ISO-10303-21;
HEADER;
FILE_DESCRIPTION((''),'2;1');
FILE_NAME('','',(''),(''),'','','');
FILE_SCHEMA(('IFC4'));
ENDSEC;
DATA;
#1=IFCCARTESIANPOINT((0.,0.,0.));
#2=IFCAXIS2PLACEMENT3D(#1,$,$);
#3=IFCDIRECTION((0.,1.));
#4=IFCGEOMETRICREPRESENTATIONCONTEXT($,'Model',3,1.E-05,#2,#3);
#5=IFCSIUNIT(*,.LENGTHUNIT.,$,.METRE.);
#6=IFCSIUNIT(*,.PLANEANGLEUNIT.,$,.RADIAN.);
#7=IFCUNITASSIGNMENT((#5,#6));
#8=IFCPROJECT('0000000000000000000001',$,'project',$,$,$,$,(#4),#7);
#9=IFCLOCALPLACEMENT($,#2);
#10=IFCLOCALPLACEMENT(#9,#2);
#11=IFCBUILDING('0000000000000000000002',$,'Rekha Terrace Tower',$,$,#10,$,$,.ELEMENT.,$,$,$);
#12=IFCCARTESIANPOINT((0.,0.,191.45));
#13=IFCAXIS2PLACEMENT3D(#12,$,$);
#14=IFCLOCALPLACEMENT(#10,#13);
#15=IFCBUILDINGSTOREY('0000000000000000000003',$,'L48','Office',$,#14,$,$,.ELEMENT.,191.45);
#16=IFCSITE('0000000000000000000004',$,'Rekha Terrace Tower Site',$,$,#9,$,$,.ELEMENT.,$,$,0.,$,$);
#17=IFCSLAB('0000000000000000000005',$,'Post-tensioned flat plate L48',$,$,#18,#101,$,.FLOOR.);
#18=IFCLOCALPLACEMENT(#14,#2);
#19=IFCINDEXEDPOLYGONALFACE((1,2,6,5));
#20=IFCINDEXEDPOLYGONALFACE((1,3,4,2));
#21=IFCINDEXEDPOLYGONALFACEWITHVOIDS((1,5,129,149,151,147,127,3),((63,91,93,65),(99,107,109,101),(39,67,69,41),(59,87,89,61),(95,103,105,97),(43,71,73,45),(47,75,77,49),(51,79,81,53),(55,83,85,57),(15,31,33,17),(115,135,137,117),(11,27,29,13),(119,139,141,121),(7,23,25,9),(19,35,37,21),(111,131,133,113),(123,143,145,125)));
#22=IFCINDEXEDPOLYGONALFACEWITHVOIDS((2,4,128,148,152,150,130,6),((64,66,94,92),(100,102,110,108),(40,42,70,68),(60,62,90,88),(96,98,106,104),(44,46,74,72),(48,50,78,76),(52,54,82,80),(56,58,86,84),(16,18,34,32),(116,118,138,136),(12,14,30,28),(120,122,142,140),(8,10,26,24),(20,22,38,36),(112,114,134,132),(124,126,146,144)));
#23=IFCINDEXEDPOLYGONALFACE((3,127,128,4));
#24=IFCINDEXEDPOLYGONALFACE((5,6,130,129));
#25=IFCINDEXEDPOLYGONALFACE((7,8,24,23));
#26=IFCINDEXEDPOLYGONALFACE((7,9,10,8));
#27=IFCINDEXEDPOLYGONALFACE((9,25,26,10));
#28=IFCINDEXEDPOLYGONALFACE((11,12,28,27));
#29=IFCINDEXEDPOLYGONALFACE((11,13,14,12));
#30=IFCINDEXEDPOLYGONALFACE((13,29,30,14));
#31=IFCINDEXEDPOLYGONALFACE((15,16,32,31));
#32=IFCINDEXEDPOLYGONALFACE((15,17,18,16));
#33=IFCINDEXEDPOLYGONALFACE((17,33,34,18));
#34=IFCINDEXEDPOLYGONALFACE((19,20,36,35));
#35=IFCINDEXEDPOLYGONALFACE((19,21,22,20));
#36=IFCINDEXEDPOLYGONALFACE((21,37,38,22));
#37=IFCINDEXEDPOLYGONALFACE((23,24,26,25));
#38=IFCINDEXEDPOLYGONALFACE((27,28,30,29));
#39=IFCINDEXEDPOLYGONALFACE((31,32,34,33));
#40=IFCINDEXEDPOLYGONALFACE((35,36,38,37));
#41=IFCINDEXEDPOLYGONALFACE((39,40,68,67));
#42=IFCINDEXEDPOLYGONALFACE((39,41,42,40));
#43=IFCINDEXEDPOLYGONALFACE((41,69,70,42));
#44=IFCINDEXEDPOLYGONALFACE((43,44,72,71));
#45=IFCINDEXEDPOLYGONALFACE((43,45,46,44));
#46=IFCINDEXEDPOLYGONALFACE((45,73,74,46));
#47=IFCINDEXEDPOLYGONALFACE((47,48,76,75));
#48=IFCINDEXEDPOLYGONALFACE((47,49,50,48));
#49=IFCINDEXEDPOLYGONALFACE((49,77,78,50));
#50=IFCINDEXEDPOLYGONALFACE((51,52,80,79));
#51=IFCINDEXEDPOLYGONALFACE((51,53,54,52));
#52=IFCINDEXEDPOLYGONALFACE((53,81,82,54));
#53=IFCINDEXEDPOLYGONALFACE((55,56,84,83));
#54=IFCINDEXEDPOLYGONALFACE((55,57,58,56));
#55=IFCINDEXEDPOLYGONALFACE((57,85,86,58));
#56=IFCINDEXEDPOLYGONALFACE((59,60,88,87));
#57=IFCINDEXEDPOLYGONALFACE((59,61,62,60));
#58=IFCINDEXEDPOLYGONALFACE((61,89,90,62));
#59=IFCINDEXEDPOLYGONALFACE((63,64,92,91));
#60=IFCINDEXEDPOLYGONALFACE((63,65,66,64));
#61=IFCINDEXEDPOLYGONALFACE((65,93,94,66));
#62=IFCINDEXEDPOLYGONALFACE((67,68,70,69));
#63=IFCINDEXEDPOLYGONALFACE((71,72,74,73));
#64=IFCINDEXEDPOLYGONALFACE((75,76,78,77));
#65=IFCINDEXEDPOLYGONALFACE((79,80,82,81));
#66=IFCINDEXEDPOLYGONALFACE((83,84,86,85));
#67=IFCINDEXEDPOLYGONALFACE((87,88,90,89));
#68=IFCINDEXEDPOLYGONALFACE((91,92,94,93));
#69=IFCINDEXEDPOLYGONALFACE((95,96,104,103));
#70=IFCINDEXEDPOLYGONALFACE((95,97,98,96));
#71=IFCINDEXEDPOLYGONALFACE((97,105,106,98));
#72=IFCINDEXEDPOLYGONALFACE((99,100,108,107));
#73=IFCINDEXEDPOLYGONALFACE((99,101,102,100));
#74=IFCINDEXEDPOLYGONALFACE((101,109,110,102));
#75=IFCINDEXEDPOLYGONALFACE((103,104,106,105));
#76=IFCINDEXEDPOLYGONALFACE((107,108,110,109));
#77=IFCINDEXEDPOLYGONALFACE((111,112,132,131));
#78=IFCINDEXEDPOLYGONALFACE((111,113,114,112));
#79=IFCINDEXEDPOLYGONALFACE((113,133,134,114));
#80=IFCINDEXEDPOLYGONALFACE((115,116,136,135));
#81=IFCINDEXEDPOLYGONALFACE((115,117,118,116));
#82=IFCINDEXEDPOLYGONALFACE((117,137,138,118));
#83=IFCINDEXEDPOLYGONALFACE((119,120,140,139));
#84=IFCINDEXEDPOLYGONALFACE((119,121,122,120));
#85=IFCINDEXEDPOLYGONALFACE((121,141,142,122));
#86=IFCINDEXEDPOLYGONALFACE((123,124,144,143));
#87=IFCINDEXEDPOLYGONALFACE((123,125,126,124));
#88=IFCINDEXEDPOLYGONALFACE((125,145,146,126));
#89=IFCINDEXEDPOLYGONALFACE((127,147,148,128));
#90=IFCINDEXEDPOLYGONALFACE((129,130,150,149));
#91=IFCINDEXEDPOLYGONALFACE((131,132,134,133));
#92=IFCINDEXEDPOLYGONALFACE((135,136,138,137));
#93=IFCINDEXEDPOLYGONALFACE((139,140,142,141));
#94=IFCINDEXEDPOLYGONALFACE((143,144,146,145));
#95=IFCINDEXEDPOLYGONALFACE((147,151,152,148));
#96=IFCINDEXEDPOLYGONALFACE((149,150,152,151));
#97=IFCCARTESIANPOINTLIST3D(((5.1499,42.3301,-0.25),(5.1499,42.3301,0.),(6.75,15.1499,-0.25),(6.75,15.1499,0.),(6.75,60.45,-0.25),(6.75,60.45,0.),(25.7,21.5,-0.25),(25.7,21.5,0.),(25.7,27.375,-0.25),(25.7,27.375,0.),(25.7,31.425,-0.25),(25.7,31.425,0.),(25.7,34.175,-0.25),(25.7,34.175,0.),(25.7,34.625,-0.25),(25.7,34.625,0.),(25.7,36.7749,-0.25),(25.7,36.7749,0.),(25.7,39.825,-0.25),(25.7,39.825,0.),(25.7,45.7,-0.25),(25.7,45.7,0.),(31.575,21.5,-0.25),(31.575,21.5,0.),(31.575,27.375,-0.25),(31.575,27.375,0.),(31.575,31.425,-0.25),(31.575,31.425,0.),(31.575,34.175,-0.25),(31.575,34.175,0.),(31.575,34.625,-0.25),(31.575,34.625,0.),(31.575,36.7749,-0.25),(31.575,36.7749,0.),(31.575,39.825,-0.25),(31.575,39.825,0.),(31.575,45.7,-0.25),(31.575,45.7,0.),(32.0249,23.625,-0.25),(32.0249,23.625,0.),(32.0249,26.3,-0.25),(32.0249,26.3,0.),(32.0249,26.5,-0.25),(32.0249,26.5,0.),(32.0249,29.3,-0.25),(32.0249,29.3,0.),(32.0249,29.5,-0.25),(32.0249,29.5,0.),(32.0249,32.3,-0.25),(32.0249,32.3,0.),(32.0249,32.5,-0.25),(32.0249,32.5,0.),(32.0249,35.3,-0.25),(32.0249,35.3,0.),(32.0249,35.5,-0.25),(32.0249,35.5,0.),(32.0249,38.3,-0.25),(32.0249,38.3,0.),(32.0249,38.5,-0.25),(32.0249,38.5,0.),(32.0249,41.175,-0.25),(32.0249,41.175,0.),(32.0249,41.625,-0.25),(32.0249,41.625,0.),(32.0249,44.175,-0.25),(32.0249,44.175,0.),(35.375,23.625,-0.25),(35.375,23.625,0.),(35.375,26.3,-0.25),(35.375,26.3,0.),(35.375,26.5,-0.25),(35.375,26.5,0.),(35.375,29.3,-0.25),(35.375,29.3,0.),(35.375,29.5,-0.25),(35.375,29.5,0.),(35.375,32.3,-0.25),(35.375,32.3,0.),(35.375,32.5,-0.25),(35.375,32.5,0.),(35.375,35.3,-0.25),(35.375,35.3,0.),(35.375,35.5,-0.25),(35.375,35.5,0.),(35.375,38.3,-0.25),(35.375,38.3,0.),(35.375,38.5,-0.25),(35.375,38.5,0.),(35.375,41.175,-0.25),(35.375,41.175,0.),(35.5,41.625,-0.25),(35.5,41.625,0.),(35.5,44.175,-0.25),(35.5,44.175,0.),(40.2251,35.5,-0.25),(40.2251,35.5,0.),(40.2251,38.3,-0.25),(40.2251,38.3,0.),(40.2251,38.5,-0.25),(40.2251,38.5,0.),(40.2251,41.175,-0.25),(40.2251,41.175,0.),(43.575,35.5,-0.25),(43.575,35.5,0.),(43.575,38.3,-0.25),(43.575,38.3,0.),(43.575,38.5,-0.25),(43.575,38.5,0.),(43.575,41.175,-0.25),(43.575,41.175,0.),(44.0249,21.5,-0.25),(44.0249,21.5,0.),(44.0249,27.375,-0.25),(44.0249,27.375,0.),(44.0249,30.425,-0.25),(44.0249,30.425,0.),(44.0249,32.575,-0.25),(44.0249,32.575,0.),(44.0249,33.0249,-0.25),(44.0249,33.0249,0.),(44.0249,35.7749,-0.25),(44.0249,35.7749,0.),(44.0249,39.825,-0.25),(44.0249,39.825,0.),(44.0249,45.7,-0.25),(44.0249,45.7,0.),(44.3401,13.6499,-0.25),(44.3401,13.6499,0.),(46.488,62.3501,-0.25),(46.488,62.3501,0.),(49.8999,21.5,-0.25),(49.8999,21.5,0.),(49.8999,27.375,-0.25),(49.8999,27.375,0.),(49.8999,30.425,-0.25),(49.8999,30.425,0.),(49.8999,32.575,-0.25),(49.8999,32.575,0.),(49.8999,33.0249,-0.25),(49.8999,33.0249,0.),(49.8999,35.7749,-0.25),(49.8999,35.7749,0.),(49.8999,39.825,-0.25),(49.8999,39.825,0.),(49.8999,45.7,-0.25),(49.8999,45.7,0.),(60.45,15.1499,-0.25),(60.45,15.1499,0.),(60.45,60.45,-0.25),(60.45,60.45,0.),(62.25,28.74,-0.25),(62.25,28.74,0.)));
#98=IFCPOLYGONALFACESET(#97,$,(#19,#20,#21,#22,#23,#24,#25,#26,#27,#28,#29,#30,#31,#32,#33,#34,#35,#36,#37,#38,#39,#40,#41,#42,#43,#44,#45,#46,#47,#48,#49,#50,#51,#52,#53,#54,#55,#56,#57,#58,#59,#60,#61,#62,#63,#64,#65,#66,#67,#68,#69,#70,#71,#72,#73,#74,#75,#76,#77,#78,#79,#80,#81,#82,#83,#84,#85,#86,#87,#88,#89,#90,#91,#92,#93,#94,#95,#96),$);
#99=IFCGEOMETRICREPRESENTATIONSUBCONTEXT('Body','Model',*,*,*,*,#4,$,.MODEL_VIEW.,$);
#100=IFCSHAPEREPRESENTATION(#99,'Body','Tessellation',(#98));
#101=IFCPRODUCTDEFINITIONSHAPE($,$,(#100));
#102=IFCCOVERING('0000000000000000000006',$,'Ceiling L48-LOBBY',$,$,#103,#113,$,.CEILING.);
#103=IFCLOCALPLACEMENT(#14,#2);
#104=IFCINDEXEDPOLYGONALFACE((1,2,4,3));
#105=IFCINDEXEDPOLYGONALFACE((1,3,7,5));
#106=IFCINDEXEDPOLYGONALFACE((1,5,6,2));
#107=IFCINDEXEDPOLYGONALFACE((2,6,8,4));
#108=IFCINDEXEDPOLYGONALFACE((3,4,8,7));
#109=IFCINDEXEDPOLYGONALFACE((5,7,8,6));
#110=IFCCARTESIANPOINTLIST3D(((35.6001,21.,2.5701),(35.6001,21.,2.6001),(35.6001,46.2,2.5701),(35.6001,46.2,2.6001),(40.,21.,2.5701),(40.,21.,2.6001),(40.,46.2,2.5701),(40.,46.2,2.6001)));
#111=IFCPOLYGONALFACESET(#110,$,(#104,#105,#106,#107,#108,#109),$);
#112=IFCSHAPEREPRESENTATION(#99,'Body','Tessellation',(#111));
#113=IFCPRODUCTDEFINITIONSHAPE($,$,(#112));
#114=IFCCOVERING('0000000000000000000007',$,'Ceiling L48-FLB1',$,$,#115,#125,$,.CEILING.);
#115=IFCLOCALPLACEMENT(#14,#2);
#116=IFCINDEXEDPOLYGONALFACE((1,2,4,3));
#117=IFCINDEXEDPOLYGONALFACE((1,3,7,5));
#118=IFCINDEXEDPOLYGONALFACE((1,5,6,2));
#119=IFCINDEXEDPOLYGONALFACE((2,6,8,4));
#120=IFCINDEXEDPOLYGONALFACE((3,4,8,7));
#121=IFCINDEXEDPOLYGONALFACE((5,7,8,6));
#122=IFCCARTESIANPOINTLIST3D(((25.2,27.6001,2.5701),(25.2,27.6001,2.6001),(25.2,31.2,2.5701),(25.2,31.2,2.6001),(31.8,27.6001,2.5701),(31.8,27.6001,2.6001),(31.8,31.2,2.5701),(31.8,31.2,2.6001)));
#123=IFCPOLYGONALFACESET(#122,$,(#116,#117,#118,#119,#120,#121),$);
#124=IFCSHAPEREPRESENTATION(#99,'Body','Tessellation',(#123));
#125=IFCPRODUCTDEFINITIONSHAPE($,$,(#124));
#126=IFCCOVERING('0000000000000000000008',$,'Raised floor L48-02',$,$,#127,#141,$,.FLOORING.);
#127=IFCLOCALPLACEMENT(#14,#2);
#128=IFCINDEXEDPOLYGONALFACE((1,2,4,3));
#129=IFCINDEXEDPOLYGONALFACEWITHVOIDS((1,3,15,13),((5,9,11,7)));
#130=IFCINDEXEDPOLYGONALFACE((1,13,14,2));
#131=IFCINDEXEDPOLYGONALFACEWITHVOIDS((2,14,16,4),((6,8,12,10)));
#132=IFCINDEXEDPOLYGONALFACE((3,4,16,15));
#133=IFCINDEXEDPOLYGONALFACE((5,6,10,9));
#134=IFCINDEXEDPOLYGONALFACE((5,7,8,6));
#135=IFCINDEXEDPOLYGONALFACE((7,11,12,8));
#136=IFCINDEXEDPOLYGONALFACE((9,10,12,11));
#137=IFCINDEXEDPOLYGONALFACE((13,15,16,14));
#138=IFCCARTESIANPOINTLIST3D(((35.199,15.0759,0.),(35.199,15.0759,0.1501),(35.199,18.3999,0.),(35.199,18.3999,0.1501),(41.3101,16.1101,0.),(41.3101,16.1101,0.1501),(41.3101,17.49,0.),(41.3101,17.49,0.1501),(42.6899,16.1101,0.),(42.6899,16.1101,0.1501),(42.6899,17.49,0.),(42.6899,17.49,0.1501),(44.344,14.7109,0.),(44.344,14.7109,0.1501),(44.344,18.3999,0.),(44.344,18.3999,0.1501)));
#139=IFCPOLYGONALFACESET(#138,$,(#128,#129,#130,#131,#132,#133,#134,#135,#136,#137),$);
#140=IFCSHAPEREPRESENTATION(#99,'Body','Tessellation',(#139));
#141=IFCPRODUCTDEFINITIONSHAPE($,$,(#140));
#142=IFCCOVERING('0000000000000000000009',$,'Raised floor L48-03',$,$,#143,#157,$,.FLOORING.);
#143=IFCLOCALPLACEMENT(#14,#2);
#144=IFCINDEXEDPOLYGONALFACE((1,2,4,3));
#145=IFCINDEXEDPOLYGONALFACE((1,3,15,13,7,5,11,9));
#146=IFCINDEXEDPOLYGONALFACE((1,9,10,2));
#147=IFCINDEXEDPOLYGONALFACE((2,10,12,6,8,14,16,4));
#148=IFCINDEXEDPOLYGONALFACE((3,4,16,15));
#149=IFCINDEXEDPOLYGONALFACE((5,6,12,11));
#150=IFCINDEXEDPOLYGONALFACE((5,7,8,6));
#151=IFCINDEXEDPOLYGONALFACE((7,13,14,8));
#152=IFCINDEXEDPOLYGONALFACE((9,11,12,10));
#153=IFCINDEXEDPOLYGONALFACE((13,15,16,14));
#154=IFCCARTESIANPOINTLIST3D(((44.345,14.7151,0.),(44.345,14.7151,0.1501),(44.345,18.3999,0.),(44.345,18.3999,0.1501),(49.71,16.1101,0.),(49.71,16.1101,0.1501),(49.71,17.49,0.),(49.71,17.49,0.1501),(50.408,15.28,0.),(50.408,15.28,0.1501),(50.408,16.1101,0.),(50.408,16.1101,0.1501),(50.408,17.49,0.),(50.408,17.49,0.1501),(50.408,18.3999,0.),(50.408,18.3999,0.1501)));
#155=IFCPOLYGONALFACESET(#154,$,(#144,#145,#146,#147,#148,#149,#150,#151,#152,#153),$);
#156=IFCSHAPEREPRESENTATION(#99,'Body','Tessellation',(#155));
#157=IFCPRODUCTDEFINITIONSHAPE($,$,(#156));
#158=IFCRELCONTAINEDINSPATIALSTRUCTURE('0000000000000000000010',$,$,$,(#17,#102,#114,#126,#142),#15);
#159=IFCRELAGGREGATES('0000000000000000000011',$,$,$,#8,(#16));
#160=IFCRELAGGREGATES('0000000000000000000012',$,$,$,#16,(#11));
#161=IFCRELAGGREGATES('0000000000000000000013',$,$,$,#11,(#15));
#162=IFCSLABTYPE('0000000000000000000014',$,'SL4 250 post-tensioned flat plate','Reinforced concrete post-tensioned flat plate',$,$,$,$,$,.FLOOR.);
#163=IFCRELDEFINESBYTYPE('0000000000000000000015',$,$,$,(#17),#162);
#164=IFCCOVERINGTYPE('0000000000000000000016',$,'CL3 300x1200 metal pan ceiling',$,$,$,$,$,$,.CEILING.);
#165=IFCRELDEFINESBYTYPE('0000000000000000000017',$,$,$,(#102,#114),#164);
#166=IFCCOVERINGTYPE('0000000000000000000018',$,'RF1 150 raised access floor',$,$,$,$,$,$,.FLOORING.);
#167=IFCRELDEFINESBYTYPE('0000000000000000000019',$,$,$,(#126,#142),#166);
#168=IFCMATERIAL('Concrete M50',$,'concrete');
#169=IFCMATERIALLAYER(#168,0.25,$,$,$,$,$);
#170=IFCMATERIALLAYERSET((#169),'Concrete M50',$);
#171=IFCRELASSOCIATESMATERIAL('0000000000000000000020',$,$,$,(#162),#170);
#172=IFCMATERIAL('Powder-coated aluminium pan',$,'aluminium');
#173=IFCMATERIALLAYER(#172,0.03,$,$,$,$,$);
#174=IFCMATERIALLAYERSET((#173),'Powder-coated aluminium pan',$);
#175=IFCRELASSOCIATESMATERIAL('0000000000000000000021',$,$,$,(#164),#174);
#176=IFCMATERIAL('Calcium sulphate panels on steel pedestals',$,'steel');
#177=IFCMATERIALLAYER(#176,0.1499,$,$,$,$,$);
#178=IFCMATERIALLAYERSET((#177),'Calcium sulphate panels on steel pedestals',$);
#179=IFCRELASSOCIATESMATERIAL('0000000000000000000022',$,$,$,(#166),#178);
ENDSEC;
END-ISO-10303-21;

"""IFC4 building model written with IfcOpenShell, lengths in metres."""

from ifc_helpers import new_model, si_unit, direction, frame, origin, place, context, subcontext, project, spatial, polyline, outline, extrude, material, layer, layer_set, type_object, element, save


model = new_model("IFC4")

# Units and contexts
model_context = context("Model", 3, precision=1e-05, world=origin(), true_north=direction((0.0, 1.0)))
body_context = subcontext(model_context, "Body", "Model", "MODEL_VIEW")
ifc_project = project(units=[si_unit("LENGTHUNIT", "METRE"), si_unit("PLANEANGLEUNIT", "RADIAN")], contexts=[model_context])

# Site, building, storey
site_placement = place(None, origin())
site = spatial("IfcSite", under=ifc_project, at=site_placement, Name="Rekha Terrace Tower Site", CompositionType="ELEMENT", RefElevation=0.0)
building_placement = place(site_placement, origin())
building = spatial("IfcBuilding", under=site, at=building_placement, Name="Rekha Terrace Tower", CompositionType="ELEMENT")
storey_placement = place(building_placement, frame((0.0, 0.0, 191.45)))
storey = spatial("IfcBuildingStorey", under=building, at=storey_placement, Name="L48", Description="Office", CompositionType="ELEMENT", Elevation=191.45)

# Slab
ifc_material_1 = material(Name="Concrete M50", Category="concrete")
ifc_layer_1 = layer(ifc_material_1, 0.25)
ifc_layer_set_1 = layer_set([ifc_layer_1], Name="Concrete M50")
slab_type_1 = type_object("IfcSlabType", Name="SL4 250 post-tensioned flat plate", Description="Reinforced concrete post-tensioned flat plate", PredefinedType="FLOOR", material=ifc_layer_set_1)
slab_1_placement = place(storey_placement, frame((0.0, 0.0, -0.25)))
element("IfcSlab", 1, at=slab_1_placement, inside=storey, type_object=slab_type_1, Name="Post-tensioned flat plate L48", PredefinedType="FLOOR", context=body_context, shape_type="SweptSolid", body=[
    extrude(outline(polyline([(5.1499, 42.3301), (6.75, 15.1499), (44.3401, 13.6499), (60.45, 15.1499), (62.25, 28.74), (60.45, 60.45), (46.488, 62.3501), (6.75, 60.45), (5.1499, 42.3301)]), holes=[polyline([(31.575, 27.375), (31.575, 21.5), (25.7, 21.5), (25.7, 27.375), (31.575, 27.375)]), polyline([(35.375, 26.3), (35.375, 23.625), (32.0249, 23.625), (32.0249, 26.3), (35.375, 26.3)]), polyline([(35.375, 29.3), (35.375, 26.5), (32.0249, 26.5), (32.0249, 29.3), (35.375, 29.3)]), polyline([(35.375, 32.3), (35.375, 29.5), (32.0249, 29.5), (32.0249, 32.3), (35.375, 32.3)]), polyline([(31.575, 34.175), (31.575, 31.425), (25.7, 31.425), (25.7, 34.175), (31.575, 34.175)]), polyline([(35.375, 35.3), (35.375, 32.5), (32.0249, 32.5), (32.0249, 35.3), (35.375, 35.3)]), polyline([(31.575, 36.7749), (31.575, 34.625), (25.7, 34.625), (25.7, 36.7749), (31.575, 36.7749)]), polyline([(35.375, 38.3), (35.375, 35.5), (32.0249, 35.5), (32.0249, 38.3), (35.375, 38.3)]), polyline([(31.575, 45.7), (31.575, 39.825), (25.7, 39.825), (25.7, 45.7), (31.575, 45.7)]), polyline([(49.8999, 27.375), (49.8999, 21.5), (44.0249, 21.5), (44.0249, 27.375), (49.8999, 27.375)]), polyline([(49.8999, 32.575), (49.8999, 30.425), (44.0249, 30.425), (44.0249, 32.575), (49.8999, 32.575)]), polyline([(49.8999, 35.7749), (49.8999, 33.0249), (44.0249, 33.0249), (44.0249, 35.7749), (49.8999, 35.7749)]), polyline([(43.575, 38.3), (43.575, 35.5), (40.2251, 35.5), (40.2251, 38.3), (43.575, 38.3)]), polyline([(35.375, 41.175), (35.375, 38.5), (32.0249, 38.5), (32.0249, 41.175), (35.375, 41.175)]), polyline([(43.575, 41.175), (43.575, 38.5), (40.2251, 38.5), (40.2251, 41.175), (43.575, 41.175)]), polyline([(49.8999, 39.825), (44.0249, 39.825), (44.0249, 45.7), (49.8999, 45.7), (49.8999, 39.825)]), polyline([(35.5, 41.625), (32.0249, 41.625), (32.0249, 44.175), (35.5, 44.175), (35.5, 41.625)])]), origin(), (0.0, 0.0, 1.0), 0.25),
])

# Coverings
ifc_material_2 = material(Name="Powder-coated aluminium pan", Category="aluminium")
ifc_layer_2 = layer(ifc_material_2, 0.03)
ifc_layer_set_2 = layer_set([ifc_layer_2], Name="Powder-coated aluminium pan")
covering_type_1 = type_object("IfcCoveringType", Name="CL3 300x1200 metal pan ceiling", PredefinedType="CEILING", material=ifc_layer_set_2)
covering_1_placement = place(storey_placement, frame((0.0, 0.0, 2.5701)))
element("IfcCovering", 2, at=covering_1_placement, inside=storey, type_object=covering_type_1, Name="Ceiling L48-LOBBY", PredefinedType="CEILING", context=body_context, shape_type="SweptSolid", body=[
    extrude(outline(polyline([(40.0, 46.2), (35.6001, 46.2), (35.6001, 21.0), (40.0, 21.0), (40.0, 46.2)])), origin(), (0.0, 0.0, 1.0), 0.03),
])
covering_2_placement = place(storey_placement, frame((0.0, 0.0, 2.5701)))
element("IfcCovering", 3, at=covering_2_placement, inside=storey, type_object=covering_type_1, Name="Ceiling L48-FLB1", PredefinedType="CEILING", context=body_context, shape_type="SweptSolid", body=[
    extrude(outline(polyline([(31.8, 31.2), (25.2, 31.2), (25.2, 27.6001), (31.8, 27.6001), (31.8, 31.2)])), origin(), (0.0, 0.0, 1.0), 0.03),
])
ifc_material_3 = material(Name="Calcium sulphate panels on steel pedestals", Category="steel")
ifc_layer_3 = layer(ifc_material_3, 0.1499)
ifc_layer_set_3 = layer_set([ifc_layer_3], Name="Calcium sulphate panels on steel pedestals")
covering_type_2 = type_object("IfcCoveringType", Name="RF1 150 raised access floor", PredefinedType="FLOORING", material=ifc_layer_set_3)
covering_3_placement = place(storey_placement, origin())
element("IfcCovering", 4, at=covering_3_placement, inside=storey, type_object=covering_type_2, Name="Raised floor L48-02", PredefinedType="FLOORING", context=body_context, shape_type="SweptSolid", body=[
    extrude(outline(polyline([(44.344, 18.3999), (35.199, 18.3999), (35.199, 15.0759), (44.344, 14.7109), (44.344, 18.3999)]), holes=[polyline([(42.6899, 17.49), (42.6899, 16.1101), (41.3101, 16.1101), (41.3101, 17.49), (42.6899, 17.49)])]), origin(), (0.0, 0.0, 1.0), 0.1501),
])
covering_4_placement = place(storey_placement, origin())
element("IfcCovering", 5, at=covering_4_placement, inside=storey, type_object=covering_type_2, Name="Raised floor L48-03", PredefinedType="FLOORING", context=body_context, shape_type="SweptSolid", body=[
    extrude(outline(polyline([(50.408, 17.49), (50.408, 18.3999), (44.345, 18.3999), (44.345, 14.7151), (50.408, 15.28), (50.408, 16.1101), (49.71, 16.1101), (49.71, 17.49), (50.408, 17.49)])), origin(), (0.0, 0.0, 1.0), 0.1501),
])

save(model, "model.ifc")
